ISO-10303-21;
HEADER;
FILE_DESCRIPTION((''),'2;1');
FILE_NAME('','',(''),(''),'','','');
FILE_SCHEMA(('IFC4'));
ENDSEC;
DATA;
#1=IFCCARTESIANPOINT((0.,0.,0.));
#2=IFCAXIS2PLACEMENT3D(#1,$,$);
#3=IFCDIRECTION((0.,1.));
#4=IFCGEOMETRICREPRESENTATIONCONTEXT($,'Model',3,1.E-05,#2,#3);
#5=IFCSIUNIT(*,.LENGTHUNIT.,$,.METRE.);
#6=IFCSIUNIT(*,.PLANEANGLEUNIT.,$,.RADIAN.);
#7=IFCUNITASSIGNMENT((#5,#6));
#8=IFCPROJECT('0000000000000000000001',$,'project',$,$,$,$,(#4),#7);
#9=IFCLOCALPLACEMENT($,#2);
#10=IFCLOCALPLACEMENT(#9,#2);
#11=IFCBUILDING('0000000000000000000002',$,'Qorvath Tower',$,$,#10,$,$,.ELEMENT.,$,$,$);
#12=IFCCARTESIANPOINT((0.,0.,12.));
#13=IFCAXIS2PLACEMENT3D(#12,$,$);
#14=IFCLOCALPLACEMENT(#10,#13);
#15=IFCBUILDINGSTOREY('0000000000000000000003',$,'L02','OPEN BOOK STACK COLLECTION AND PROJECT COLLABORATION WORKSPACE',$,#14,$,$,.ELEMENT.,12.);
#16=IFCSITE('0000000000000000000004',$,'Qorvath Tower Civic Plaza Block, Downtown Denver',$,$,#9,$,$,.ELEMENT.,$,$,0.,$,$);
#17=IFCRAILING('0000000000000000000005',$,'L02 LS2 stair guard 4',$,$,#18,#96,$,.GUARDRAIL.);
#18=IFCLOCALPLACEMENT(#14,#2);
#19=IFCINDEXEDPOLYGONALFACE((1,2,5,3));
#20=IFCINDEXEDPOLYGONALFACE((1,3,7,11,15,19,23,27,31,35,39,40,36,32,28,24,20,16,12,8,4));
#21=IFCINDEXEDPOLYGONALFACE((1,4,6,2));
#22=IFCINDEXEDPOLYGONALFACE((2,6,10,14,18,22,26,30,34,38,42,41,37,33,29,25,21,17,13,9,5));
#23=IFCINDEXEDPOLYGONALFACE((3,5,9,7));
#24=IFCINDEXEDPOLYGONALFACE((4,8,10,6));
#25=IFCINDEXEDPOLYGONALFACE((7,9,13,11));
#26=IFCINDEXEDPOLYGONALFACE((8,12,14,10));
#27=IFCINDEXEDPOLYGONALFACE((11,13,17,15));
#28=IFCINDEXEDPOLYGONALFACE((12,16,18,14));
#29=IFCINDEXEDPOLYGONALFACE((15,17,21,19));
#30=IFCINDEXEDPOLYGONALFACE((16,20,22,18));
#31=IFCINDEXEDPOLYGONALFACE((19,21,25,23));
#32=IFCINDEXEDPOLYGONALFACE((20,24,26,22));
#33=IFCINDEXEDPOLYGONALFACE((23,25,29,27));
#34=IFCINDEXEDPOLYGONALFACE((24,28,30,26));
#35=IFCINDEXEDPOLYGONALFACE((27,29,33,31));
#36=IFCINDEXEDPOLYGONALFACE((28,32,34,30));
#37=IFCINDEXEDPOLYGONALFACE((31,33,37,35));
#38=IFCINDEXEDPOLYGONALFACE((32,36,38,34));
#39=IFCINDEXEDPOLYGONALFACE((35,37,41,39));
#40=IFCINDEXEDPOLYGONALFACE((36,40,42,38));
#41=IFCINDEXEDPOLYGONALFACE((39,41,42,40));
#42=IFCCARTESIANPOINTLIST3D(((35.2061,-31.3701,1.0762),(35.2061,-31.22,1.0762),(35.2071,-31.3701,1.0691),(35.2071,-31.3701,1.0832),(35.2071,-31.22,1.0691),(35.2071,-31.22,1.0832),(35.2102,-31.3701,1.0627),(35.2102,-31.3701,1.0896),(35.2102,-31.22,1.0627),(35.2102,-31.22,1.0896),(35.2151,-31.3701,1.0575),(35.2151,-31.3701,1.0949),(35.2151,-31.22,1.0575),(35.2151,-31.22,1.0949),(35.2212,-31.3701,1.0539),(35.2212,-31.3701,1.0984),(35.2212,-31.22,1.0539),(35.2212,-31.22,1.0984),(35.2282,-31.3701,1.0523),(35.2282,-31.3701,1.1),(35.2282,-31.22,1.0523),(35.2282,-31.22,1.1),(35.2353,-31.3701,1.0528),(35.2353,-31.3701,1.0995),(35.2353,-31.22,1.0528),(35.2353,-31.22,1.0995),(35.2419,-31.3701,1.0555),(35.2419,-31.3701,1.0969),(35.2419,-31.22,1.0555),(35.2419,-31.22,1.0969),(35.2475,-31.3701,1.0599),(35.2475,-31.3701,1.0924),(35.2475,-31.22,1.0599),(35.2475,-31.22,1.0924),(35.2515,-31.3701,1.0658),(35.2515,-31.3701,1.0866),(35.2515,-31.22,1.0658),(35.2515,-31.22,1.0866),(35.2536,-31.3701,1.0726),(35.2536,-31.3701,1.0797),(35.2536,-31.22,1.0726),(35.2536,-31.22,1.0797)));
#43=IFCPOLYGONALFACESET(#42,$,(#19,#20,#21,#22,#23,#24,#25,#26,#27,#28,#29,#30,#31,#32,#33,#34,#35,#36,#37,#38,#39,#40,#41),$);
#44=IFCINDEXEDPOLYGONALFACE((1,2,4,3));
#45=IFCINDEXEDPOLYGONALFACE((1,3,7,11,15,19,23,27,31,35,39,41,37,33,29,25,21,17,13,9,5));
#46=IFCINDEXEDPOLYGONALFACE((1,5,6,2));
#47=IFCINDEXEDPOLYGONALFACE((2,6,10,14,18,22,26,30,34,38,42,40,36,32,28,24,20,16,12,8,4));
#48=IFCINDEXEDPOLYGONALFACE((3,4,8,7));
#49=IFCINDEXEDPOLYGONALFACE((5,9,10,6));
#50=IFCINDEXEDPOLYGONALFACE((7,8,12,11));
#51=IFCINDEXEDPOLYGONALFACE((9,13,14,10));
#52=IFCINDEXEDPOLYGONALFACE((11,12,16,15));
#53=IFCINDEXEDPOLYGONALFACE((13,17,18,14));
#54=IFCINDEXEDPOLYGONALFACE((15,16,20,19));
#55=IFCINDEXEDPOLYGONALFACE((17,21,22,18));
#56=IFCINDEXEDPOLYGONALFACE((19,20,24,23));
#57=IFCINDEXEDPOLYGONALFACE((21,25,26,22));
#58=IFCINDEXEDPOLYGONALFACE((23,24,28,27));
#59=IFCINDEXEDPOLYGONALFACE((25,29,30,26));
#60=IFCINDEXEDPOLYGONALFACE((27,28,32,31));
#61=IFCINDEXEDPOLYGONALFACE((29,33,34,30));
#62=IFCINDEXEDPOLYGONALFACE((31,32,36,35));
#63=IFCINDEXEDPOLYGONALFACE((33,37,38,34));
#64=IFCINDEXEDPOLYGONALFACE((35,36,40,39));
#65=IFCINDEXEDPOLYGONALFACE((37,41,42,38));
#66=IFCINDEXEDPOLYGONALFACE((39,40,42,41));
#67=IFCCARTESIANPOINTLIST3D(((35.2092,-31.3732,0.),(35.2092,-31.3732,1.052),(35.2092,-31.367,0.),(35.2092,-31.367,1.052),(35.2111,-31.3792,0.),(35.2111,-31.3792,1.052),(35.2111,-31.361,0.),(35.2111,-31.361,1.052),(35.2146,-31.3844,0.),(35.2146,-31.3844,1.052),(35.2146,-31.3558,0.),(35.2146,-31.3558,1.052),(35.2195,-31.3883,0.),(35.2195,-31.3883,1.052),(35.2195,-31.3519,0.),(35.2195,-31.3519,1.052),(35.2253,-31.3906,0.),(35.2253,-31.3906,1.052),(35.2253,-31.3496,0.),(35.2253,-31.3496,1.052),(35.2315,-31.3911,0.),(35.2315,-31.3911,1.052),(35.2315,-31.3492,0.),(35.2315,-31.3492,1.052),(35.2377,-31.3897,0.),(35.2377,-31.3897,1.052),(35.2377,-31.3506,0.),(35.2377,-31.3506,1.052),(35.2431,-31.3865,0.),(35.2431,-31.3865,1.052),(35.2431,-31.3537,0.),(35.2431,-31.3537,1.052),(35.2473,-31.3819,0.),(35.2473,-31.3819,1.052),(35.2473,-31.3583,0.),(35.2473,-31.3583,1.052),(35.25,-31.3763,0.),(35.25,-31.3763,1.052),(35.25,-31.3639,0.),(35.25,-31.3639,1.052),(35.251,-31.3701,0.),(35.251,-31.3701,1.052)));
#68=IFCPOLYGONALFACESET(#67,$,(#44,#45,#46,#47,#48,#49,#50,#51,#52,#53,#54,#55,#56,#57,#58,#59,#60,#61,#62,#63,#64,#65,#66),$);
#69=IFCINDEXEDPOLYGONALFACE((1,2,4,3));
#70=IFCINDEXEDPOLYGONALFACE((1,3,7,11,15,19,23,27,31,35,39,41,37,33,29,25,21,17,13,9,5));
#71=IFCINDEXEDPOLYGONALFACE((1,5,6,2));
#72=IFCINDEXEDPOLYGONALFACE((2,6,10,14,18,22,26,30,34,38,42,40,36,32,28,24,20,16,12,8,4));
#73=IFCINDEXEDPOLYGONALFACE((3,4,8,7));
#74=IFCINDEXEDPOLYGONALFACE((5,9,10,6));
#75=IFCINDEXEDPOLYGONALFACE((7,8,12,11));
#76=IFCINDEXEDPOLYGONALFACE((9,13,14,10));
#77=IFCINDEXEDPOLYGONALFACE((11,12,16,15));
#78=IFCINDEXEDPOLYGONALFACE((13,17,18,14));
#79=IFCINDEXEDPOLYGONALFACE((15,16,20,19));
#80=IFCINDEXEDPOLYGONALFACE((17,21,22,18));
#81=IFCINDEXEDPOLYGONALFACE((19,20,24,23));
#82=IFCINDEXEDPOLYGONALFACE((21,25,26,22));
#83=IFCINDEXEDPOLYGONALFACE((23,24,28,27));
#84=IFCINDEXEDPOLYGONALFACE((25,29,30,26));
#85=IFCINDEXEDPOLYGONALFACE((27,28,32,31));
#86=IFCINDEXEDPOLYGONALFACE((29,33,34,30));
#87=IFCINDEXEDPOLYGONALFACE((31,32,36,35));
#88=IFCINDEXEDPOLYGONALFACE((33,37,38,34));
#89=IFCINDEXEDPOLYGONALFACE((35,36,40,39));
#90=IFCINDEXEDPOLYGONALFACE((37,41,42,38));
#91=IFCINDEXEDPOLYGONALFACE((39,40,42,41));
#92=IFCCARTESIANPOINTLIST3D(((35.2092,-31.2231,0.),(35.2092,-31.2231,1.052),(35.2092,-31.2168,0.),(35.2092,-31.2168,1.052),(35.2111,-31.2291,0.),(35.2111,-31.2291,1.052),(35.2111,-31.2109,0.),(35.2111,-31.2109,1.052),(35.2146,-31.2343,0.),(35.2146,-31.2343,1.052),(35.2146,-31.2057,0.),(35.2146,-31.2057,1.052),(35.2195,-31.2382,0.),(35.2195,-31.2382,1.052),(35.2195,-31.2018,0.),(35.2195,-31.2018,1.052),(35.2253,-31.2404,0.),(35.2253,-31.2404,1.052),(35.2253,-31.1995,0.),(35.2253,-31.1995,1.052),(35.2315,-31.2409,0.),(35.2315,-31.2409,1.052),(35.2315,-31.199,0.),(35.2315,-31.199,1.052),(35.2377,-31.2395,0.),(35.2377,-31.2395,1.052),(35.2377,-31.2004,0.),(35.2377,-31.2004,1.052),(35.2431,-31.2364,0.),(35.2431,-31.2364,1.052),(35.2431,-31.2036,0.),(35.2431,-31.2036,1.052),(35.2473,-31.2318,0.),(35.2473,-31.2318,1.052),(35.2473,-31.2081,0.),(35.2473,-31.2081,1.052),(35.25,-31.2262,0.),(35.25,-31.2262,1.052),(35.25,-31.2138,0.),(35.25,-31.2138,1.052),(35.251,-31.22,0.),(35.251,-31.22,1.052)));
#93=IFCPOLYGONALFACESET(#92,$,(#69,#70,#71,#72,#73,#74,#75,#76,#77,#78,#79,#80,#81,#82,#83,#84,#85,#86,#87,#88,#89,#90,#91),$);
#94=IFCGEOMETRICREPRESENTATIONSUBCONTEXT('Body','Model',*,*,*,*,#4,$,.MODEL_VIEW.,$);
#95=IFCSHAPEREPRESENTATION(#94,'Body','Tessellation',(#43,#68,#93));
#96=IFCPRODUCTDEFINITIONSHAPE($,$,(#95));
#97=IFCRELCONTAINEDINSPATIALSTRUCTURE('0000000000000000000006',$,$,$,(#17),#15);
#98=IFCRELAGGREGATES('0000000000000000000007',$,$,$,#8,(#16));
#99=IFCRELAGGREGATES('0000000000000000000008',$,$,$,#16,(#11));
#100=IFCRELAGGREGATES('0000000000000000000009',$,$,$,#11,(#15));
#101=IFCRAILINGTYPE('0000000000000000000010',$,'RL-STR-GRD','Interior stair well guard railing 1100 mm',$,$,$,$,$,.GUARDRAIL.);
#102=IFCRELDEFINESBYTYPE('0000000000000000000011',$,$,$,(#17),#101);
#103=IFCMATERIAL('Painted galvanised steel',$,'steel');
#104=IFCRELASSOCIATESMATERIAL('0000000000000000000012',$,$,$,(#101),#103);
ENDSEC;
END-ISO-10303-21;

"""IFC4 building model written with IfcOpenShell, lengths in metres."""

from ifc_helpers import new_model, si_unit, direction, frame, origin, origin_2d, place, context, subcontext, project, spatial, circle, extrude, material, type_object, element, save


model = new_model("IFC4")

# Units and contexts
model_context = context("Model", 3, precision=1e-05, world=origin(), true_north=direction((0.0, 1.0)))
body_context = subcontext(model_context, "Body", "Model", "MODEL_VIEW")
ifc_project = project(units=[si_unit("LENGTHUNIT", "METRE"), si_unit("PLANEANGLEUNIT", "RADIAN")], contexts=[model_context])

# Site, building, storey
site_placement = place(None, origin())
site = spatial("IfcSite", under=ifc_project, at=site_placement, Name="Qorvath Tower Civic Plaza Block, Downtown Denver", CompositionType="ELEMENT", RefElevation=0.0)
building_placement = place(site_placement, origin())
building = spatial("IfcBuilding", under=site, at=building_placement, Name="Qorvath Tower", CompositionType="ELEMENT")
storey_placement = place(building_placement, frame((0.0, 0.0, 12.0)))
storey = spatial("IfcBuildingStorey", under=building, at=storey_placement, Name="L02", Description="OPEN BOOK STACK COLLECTION AND PROJECT COLLABORATION WORKSPACE", CompositionType="ELEMENT", Elevation=12.0)

# Railing
ifc_material_1 = material(Name="Painted galvanised steel", Category="steel")
railing_type_1 = type_object("IfcRailingType", Name="RL-STR-GRD", Description="Interior stair well guard railing 1100 mm", PredefinedType="GUARDRAIL", material=ifc_material_1)
railing_1_placement = place(storey_placement, frame((35.23, -31.3701, 0.0)))
element("IfcRailing", 1, at=railing_1_placement, inside=storey, type_object=railing_type_1, Name="L02 LS2 stair guard 4", PredefinedType="GUARDRAIL", context=body_context, shape_type="SweptSolid", body=[
    extrude(circle(Radius=0.0239, at=origin_2d()), frame((0.0, 0.0, 1.0762), z_axis=(0.0, 1.0, 0.0), x_axis=(-1.0, 0.0, 0.0)), (0.0, 0.0, 1.0), 0.1501),
    extrude(circle(Radius=0.021, at=origin_2d()), origin(), (0.0, 0.0, 1.0), 1.052),
    extrude(circle(Radius=0.021, at=origin_2d()), frame((0.0, 0.1501, 0.0)), (0.0, 0.0, 1.0), 1.052),
])

save(model, "model.ifc")
